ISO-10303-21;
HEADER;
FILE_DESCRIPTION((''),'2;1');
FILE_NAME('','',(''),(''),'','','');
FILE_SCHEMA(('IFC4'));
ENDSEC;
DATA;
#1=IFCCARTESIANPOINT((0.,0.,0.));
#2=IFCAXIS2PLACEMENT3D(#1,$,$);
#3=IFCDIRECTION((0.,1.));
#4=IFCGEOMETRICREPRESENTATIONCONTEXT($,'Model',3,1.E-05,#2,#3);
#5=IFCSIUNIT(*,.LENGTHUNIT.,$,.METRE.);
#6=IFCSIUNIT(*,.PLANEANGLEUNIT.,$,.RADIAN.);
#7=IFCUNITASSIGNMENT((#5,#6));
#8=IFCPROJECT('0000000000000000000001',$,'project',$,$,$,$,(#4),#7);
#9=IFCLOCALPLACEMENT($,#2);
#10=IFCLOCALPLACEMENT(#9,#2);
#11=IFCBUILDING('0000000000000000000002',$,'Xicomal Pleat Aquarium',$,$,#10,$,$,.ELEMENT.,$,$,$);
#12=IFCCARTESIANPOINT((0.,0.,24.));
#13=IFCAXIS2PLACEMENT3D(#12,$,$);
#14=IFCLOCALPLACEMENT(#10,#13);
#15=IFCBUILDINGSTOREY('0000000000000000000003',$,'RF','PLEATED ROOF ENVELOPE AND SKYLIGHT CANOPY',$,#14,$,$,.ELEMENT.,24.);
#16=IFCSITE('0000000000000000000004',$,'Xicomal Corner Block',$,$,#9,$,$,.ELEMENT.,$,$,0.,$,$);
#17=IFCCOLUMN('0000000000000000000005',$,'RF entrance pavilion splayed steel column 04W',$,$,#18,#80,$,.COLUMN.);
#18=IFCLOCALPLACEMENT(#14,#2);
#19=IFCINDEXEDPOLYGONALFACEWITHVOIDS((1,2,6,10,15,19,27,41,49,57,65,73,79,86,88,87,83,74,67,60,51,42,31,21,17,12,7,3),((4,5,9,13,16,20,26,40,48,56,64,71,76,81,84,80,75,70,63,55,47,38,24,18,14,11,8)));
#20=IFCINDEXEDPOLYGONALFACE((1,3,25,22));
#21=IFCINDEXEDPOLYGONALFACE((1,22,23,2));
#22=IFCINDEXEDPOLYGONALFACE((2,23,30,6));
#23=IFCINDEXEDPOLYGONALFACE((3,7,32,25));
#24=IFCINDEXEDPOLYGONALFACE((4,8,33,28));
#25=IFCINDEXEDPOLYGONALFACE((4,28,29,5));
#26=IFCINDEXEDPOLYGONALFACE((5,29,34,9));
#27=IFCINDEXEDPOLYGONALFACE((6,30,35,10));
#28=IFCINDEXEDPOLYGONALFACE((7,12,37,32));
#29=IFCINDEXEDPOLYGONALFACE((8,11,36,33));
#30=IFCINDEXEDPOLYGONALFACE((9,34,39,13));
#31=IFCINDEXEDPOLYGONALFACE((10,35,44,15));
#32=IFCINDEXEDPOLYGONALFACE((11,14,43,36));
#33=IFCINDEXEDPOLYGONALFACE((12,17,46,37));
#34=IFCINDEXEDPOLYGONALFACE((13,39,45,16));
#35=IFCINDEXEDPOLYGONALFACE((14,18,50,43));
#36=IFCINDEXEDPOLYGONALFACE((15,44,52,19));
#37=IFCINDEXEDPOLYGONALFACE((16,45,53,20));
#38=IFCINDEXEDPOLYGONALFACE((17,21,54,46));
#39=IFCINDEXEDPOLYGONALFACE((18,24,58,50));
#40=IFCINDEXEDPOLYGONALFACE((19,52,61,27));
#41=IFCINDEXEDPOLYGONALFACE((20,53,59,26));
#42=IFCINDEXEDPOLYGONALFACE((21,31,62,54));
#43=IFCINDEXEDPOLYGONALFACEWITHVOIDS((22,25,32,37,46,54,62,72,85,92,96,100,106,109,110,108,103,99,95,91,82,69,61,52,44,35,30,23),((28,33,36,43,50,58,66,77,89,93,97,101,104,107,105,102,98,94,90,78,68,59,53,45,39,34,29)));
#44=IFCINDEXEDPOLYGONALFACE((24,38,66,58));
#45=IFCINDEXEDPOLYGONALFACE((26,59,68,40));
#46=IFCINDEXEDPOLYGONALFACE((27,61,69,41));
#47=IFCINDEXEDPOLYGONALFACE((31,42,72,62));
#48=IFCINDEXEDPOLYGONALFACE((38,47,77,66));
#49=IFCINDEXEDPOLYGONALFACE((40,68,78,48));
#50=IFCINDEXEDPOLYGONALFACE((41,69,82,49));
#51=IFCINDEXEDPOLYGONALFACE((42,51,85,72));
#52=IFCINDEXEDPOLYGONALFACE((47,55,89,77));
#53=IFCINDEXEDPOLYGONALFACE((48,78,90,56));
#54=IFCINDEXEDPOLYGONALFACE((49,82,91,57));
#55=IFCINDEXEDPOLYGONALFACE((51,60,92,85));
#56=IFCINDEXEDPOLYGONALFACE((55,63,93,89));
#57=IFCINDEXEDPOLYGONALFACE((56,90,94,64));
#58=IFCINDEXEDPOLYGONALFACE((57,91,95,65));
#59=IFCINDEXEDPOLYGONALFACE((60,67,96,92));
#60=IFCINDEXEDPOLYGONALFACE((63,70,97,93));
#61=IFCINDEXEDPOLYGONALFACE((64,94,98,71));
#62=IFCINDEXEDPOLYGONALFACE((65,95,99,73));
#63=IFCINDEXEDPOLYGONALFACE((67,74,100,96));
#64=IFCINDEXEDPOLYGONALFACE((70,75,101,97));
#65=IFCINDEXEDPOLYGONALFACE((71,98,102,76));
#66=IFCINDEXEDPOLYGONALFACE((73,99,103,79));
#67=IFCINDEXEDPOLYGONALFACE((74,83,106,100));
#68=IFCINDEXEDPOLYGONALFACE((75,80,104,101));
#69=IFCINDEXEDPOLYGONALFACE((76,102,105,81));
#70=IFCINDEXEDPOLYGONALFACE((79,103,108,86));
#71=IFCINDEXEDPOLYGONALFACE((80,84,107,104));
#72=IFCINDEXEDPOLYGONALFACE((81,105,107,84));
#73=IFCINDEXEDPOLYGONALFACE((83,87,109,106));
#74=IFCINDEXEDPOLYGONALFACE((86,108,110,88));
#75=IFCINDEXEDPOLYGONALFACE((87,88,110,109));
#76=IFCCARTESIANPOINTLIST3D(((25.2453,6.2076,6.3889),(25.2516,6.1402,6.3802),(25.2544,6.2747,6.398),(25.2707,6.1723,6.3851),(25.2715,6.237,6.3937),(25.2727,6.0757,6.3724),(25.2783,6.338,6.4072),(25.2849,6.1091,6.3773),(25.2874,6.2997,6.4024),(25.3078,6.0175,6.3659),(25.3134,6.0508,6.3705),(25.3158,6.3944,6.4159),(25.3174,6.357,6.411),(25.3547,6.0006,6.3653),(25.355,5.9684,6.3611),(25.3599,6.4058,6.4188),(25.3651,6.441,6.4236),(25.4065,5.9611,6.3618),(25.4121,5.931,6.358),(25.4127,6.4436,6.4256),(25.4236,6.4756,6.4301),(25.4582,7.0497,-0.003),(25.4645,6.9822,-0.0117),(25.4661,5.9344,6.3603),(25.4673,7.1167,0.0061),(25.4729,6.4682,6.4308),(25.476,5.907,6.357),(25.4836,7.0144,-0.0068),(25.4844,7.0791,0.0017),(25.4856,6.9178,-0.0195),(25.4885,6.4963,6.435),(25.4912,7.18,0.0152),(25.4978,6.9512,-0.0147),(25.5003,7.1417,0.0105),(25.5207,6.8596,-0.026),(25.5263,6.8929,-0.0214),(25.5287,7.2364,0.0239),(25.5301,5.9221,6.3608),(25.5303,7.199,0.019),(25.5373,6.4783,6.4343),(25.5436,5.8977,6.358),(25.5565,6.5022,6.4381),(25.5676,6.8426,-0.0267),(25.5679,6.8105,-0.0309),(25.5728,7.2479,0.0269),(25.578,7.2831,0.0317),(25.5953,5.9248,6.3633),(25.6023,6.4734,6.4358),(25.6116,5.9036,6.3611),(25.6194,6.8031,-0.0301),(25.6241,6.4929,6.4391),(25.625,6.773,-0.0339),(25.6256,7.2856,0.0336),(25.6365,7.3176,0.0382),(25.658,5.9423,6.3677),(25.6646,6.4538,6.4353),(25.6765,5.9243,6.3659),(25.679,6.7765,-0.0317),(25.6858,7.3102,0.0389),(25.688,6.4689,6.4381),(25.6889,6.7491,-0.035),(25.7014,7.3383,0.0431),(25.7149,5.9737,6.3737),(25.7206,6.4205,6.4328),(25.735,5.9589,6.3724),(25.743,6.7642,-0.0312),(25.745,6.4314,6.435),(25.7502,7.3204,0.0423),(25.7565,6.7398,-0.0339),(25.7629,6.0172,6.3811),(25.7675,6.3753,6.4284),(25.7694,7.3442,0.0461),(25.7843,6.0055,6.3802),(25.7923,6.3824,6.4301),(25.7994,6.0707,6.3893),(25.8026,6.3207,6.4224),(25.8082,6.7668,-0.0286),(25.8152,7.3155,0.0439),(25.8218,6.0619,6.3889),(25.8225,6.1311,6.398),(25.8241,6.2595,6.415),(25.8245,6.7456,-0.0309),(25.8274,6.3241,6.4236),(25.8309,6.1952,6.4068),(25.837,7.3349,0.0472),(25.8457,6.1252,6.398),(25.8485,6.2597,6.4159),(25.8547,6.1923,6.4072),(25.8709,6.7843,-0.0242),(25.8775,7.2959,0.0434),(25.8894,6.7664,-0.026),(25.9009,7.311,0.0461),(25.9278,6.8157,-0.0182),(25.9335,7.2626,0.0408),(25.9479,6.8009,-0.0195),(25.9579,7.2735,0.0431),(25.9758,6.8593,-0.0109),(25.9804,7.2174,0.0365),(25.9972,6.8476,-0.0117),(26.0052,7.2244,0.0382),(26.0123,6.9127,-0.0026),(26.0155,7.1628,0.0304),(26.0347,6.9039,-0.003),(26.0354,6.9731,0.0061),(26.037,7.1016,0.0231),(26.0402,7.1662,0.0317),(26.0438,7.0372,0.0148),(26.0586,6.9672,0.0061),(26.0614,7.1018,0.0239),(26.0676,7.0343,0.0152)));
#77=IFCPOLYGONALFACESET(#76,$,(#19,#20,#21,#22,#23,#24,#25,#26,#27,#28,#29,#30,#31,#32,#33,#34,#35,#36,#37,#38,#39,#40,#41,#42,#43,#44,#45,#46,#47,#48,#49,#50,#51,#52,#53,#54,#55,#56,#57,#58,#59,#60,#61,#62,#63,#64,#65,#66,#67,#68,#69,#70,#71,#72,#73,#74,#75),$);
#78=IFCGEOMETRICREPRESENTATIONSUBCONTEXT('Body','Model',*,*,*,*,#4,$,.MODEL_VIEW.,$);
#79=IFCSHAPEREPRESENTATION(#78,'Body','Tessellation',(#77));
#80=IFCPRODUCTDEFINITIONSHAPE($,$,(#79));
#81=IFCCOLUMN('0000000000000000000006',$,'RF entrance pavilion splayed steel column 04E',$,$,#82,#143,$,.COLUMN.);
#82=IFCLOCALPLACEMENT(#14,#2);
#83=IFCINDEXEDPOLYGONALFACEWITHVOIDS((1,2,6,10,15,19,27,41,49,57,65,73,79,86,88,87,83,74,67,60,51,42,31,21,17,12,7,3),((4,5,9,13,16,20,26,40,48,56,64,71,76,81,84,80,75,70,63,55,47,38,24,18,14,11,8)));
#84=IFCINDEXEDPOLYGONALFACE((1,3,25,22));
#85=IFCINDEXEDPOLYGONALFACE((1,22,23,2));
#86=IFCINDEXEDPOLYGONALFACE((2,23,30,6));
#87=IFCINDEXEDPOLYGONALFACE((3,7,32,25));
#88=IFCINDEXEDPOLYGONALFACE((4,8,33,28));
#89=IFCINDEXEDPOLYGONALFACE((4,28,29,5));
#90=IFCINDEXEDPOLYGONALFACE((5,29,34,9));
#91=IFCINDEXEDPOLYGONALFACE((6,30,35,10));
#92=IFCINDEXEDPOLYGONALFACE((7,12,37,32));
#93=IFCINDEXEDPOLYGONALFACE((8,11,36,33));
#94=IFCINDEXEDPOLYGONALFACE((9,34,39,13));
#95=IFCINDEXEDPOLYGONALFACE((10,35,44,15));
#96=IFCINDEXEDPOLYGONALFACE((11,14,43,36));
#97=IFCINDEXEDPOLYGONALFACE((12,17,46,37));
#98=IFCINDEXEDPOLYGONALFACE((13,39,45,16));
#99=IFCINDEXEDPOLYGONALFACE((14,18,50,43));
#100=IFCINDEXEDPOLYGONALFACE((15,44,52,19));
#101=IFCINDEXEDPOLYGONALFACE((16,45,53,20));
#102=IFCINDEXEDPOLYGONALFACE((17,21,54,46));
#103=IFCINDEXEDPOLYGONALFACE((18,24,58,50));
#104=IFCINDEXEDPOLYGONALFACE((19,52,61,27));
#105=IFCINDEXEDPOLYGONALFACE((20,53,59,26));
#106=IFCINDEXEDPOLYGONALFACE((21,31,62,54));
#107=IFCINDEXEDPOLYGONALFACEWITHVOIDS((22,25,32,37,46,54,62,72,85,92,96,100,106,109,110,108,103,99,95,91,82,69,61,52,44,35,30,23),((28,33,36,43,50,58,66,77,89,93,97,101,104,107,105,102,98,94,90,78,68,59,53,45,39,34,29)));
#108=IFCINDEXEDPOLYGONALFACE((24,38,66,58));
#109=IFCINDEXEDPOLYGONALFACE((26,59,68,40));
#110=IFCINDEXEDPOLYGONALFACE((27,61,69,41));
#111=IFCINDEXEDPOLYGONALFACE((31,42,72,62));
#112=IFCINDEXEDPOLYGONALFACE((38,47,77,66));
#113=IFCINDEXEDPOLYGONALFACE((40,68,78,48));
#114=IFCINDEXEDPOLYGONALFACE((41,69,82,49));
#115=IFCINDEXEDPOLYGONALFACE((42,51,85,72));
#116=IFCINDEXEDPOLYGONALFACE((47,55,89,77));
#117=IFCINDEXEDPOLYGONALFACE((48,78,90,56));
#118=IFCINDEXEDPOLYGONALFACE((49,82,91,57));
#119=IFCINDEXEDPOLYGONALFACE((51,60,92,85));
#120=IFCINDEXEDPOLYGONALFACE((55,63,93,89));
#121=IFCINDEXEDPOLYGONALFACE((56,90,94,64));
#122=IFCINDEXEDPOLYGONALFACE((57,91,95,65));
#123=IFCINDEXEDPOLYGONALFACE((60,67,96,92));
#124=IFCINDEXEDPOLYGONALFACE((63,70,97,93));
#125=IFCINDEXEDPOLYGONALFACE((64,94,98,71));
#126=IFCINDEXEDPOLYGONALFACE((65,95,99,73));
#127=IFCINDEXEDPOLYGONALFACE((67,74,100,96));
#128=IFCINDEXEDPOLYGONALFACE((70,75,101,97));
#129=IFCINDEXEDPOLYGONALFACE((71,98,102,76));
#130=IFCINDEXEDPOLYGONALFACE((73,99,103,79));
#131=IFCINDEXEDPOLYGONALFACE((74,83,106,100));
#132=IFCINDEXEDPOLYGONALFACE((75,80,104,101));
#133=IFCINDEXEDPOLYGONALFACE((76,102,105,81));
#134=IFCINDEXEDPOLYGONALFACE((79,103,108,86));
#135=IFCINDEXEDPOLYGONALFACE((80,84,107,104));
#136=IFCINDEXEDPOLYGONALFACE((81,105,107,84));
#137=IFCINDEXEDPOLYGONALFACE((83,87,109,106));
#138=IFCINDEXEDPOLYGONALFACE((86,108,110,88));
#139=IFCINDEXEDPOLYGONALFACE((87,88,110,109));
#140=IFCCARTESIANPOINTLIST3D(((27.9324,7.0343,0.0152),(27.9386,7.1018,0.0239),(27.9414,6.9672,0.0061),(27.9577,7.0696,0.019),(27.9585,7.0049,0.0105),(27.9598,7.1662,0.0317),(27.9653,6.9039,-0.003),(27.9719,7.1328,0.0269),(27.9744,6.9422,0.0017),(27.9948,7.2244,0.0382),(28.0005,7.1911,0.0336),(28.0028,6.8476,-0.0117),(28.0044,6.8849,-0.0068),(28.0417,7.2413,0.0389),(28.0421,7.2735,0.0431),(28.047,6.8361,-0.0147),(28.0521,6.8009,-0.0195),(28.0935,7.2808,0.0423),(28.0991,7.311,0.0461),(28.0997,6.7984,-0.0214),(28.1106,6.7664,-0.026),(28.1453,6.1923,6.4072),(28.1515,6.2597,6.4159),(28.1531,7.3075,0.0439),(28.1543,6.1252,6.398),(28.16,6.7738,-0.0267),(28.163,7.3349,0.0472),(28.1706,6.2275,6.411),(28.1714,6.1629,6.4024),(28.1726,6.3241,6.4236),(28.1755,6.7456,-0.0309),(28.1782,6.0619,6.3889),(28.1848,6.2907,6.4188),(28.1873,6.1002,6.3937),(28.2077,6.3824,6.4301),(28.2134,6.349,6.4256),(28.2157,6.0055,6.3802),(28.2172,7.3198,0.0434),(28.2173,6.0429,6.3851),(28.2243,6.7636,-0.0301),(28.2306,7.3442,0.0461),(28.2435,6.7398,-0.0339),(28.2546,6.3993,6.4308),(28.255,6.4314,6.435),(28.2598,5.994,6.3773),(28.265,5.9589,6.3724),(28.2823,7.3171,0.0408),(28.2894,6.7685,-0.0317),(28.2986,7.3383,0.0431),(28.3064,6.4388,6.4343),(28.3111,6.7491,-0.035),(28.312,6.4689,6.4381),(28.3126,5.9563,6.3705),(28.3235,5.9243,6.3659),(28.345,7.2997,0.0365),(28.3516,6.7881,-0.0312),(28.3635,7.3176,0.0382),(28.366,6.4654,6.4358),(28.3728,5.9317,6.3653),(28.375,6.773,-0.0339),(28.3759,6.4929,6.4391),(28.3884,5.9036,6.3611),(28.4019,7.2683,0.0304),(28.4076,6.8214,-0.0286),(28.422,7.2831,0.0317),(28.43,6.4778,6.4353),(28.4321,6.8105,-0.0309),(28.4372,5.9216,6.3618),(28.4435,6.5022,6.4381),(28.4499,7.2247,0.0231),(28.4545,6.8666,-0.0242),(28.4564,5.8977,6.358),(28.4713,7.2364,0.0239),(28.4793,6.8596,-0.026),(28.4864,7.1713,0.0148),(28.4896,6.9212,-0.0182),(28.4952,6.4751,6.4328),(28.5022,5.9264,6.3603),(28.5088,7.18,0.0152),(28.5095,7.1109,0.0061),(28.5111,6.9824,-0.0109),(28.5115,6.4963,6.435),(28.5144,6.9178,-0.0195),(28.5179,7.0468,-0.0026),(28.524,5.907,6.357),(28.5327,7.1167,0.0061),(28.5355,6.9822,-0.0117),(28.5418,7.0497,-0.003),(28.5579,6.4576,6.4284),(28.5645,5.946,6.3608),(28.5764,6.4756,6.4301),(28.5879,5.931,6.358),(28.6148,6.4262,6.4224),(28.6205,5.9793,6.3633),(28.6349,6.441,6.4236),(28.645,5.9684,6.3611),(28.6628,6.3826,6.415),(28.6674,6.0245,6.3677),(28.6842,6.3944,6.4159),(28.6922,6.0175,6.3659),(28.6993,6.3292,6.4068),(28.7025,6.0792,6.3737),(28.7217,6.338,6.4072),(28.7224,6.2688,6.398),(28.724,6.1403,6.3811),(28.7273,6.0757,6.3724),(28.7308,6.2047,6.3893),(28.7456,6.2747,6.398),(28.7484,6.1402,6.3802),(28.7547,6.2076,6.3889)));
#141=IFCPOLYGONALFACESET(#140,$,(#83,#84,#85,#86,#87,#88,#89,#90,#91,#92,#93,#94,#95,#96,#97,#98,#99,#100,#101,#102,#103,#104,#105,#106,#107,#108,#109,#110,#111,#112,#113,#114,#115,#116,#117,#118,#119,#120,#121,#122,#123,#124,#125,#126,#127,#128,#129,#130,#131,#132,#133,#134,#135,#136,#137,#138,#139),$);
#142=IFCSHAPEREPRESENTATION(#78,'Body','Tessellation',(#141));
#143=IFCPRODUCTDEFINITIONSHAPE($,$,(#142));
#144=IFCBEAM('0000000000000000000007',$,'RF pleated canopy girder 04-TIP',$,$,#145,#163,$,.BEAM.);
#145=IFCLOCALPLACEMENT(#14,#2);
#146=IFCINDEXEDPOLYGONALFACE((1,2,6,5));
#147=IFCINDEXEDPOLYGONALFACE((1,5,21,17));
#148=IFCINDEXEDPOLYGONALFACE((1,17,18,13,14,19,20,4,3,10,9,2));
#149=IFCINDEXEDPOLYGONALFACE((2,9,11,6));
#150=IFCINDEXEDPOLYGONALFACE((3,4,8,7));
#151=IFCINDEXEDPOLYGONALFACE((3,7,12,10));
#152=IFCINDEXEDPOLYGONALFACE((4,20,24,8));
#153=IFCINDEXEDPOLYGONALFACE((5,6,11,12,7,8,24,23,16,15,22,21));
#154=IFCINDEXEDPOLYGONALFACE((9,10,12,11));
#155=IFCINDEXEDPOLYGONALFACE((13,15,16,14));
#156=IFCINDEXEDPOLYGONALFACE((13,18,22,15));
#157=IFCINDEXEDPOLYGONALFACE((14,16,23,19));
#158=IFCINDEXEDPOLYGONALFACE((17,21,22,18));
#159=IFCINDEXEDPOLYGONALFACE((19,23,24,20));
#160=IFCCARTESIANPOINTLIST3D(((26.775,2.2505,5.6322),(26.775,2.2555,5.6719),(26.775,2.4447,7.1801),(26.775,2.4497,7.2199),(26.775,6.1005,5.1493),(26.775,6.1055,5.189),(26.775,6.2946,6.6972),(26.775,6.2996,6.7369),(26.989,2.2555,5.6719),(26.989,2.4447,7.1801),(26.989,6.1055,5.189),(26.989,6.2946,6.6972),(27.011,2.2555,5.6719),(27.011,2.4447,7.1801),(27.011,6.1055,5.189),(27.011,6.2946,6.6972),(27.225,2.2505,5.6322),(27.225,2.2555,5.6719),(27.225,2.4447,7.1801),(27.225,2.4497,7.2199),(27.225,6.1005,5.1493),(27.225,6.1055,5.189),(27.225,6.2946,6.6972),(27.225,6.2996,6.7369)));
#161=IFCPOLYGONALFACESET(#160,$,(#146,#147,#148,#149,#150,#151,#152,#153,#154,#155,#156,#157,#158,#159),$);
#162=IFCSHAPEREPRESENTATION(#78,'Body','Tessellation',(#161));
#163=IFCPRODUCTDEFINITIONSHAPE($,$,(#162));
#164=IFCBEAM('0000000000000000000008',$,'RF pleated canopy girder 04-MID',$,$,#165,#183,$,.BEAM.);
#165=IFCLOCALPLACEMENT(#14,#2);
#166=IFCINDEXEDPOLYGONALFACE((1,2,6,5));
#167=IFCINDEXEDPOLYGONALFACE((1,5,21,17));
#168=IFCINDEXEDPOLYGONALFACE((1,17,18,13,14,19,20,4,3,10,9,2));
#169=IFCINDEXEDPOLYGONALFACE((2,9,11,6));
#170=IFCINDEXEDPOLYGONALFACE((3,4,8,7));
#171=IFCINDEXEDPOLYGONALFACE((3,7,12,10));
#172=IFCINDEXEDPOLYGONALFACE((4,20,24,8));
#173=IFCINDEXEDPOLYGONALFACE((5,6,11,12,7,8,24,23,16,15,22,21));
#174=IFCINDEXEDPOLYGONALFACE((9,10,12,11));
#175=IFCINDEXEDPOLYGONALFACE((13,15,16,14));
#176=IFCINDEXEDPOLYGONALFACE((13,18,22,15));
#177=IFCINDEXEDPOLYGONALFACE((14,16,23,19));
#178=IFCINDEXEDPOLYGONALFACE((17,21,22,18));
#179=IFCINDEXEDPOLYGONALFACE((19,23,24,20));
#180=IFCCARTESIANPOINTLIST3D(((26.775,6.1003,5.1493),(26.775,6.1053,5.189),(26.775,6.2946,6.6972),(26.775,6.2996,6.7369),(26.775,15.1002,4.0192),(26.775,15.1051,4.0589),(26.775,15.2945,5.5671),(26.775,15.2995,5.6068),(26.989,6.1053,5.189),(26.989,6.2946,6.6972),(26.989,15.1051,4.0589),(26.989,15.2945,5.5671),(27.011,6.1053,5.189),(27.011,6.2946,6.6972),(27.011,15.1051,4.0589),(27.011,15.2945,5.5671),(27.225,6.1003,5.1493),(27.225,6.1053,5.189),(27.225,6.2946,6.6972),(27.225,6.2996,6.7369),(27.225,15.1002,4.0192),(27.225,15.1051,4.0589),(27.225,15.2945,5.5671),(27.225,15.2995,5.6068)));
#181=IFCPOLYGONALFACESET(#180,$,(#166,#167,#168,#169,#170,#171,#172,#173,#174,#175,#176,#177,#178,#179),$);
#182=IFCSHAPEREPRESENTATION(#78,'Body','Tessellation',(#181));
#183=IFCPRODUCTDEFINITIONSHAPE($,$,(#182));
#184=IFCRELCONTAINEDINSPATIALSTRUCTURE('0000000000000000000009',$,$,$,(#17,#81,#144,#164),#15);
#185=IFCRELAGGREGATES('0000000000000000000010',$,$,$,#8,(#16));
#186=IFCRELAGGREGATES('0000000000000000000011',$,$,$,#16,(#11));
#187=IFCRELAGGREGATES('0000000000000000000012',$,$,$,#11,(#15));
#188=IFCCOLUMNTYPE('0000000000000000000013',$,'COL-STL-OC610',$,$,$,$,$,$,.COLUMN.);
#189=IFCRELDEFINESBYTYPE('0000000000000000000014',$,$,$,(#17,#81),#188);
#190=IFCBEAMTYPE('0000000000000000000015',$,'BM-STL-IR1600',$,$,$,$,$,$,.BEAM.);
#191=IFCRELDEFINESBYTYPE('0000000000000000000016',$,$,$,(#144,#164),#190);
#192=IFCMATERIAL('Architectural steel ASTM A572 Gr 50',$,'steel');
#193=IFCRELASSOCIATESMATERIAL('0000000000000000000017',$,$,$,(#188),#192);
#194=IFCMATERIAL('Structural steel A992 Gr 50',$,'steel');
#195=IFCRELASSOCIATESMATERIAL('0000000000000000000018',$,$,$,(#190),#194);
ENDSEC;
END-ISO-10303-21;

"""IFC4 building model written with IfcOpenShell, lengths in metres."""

from ifc_helpers import new_model, si_unit, direction, frame, origin, origin_2d, place, context, subcontext, project, spatial, hollow_circle, i_section, extrude, material, material_profile, profile_set, type_object, element, save


model = new_model("IFC4")

# Units and contexts
model_context = context("Model", 3, precision=1e-05, world=origin(), true_north=direction((0.0, 1.0)))
body_context = subcontext(model_context, "Body", "Model", "MODEL_VIEW")
ifc_project = project(units=[si_unit("LENGTHUNIT", "METRE"), si_unit("PLANEANGLEUNIT", "RADIAN")], contexts=[model_context])

# Site, building, storey
site_placement = place(None, origin())
site = spatial("IfcSite", under=ifc_project, at=site_placement, Name="Xicomal Corner Block", CompositionType="ELEMENT", RefElevation=0.0)
building_placement = place(site_placement, origin())
building = spatial("IfcBuilding", under=site, at=building_placement, Name="Xicomal Pleat Aquarium", CompositionType="ELEMENT")
storey_placement = place(building_placement, frame((0.0, 0.0, 24.0)))
storey = spatial("IfcBuildingStorey", under=building, at=storey_placement, Name="RF", Description="PLEATED ROOF ENVELOPE AND SKYLIGHT CANOPY", CompositionType="ELEMENT", Elevation=24.0)

# Columns
ifc_material_1 = material(Name="Architectural steel ASTM A572 Gr 50", Category="steel")
ifc_material_profile_1 = material_profile(ifc_material_1, hollow_circle(Radius=0.3049, WallThickness=0.0239, at=origin_2d()), Name="OC 610x24")
ifc_profile_set_1 = profile_set([ifc_material_profile_1], Name="Architectural steel ASTM A572 Gr 50")
column_type = type_object("IfcColumnType", Name="COL-STL-OC610", PredefinedType="COLUMN", material=ifc_profile_set_1)
for number, where, z_axis, x_axis, name in (
    (1, (25.7629, 7.042, 0.0061), (-0.033003, -0.130537, 0.990894), (0.969494, -0.245114, 0.0), "RF entrance pavilion splayed steel column 04W"),
    (2, (28.2371, 7.042, 0.0061), (0.033003, -0.130537, 0.990894), (0.969494, 0.245114, 0.0), "RF entrance pavilion splayed steel column 04E"),
):
    element("IfcColumn", number, at=place(storey_placement, frame(where, z_axis=z_axis, x_axis=x_axis)), inside=storey, type_object=column_type, Name=name, PredefinedType="COLUMN", context=body_context, shape_type="SweptSolid", body=[
        extrude(hollow_circle(Radius=0.3049, WallThickness=0.0239, at=origin_2d()), origin(), (0.0, 0.0, 1.0), 6.4507),
    ])

# Beams
ifc_material_2 = material(Name="Structural steel A992 Gr 50", Category="steel")
ifc_material_profile_2 = material_profile(ifc_material_2, i_section(OverallWidth=0.45, OverallDepth=1.6001, WebThickness=0.022, FlangeThickness=0.04, at=origin_2d()), Name="IR 1600x540")
ifc_profile_set_2 = profile_set([ifc_material_profile_2], Name="Structural steel A992 Gr 50")
beam_type_1 = type_object("IfcBeamType", Name="BM-STL-IR1600", PredefinedType="BEAM", material=ifc_profile_set_2)
beam_1_placement = place(storey_placement, frame((27.0, 2.3501, 6.426), z_axis=(0.0, 0.992225, -0.124461), x_axis=(-1.0, 0.0, 0.0)))
element("IfcBeam", 3, at=beam_1_placement, inside=storey, type_object=beam_type_1, Name="RF pleated canopy girder 04-TIP", PredefinedType="BEAM", context=body_context, shape_type="SweptSolid", body=[
    extrude(i_section(OverallWidth=0.45, OverallDepth=1.6001, WebThickness=0.022, FlangeThickness=0.04, at=origin_2d()), origin(), (0.0, 0.0, 1.0), 3.8801),
])
beam_2_placement = place(storey_placement, frame((27.0, 6.2, 5.9431), z_axis=(0.0, 0.992208, -0.124591), x_axis=(-1.0, 0.0, 0.0)))
element("IfcBeam", 4, at=beam_2_placement, inside=storey, type_object=beam_type_1, Name="RF pleated canopy girder 04-MID", PredefinedType="BEAM", context=body_context, shape_type="SweptSolid", body=[
    extrude(i_section(OverallWidth=0.45, OverallDepth=1.6001, WebThickness=0.022, FlangeThickness=0.04, at=origin_2d()), origin(), (0.0, 0.0, 1.0), 9.0706),
])

save(model, "model.ifc")
